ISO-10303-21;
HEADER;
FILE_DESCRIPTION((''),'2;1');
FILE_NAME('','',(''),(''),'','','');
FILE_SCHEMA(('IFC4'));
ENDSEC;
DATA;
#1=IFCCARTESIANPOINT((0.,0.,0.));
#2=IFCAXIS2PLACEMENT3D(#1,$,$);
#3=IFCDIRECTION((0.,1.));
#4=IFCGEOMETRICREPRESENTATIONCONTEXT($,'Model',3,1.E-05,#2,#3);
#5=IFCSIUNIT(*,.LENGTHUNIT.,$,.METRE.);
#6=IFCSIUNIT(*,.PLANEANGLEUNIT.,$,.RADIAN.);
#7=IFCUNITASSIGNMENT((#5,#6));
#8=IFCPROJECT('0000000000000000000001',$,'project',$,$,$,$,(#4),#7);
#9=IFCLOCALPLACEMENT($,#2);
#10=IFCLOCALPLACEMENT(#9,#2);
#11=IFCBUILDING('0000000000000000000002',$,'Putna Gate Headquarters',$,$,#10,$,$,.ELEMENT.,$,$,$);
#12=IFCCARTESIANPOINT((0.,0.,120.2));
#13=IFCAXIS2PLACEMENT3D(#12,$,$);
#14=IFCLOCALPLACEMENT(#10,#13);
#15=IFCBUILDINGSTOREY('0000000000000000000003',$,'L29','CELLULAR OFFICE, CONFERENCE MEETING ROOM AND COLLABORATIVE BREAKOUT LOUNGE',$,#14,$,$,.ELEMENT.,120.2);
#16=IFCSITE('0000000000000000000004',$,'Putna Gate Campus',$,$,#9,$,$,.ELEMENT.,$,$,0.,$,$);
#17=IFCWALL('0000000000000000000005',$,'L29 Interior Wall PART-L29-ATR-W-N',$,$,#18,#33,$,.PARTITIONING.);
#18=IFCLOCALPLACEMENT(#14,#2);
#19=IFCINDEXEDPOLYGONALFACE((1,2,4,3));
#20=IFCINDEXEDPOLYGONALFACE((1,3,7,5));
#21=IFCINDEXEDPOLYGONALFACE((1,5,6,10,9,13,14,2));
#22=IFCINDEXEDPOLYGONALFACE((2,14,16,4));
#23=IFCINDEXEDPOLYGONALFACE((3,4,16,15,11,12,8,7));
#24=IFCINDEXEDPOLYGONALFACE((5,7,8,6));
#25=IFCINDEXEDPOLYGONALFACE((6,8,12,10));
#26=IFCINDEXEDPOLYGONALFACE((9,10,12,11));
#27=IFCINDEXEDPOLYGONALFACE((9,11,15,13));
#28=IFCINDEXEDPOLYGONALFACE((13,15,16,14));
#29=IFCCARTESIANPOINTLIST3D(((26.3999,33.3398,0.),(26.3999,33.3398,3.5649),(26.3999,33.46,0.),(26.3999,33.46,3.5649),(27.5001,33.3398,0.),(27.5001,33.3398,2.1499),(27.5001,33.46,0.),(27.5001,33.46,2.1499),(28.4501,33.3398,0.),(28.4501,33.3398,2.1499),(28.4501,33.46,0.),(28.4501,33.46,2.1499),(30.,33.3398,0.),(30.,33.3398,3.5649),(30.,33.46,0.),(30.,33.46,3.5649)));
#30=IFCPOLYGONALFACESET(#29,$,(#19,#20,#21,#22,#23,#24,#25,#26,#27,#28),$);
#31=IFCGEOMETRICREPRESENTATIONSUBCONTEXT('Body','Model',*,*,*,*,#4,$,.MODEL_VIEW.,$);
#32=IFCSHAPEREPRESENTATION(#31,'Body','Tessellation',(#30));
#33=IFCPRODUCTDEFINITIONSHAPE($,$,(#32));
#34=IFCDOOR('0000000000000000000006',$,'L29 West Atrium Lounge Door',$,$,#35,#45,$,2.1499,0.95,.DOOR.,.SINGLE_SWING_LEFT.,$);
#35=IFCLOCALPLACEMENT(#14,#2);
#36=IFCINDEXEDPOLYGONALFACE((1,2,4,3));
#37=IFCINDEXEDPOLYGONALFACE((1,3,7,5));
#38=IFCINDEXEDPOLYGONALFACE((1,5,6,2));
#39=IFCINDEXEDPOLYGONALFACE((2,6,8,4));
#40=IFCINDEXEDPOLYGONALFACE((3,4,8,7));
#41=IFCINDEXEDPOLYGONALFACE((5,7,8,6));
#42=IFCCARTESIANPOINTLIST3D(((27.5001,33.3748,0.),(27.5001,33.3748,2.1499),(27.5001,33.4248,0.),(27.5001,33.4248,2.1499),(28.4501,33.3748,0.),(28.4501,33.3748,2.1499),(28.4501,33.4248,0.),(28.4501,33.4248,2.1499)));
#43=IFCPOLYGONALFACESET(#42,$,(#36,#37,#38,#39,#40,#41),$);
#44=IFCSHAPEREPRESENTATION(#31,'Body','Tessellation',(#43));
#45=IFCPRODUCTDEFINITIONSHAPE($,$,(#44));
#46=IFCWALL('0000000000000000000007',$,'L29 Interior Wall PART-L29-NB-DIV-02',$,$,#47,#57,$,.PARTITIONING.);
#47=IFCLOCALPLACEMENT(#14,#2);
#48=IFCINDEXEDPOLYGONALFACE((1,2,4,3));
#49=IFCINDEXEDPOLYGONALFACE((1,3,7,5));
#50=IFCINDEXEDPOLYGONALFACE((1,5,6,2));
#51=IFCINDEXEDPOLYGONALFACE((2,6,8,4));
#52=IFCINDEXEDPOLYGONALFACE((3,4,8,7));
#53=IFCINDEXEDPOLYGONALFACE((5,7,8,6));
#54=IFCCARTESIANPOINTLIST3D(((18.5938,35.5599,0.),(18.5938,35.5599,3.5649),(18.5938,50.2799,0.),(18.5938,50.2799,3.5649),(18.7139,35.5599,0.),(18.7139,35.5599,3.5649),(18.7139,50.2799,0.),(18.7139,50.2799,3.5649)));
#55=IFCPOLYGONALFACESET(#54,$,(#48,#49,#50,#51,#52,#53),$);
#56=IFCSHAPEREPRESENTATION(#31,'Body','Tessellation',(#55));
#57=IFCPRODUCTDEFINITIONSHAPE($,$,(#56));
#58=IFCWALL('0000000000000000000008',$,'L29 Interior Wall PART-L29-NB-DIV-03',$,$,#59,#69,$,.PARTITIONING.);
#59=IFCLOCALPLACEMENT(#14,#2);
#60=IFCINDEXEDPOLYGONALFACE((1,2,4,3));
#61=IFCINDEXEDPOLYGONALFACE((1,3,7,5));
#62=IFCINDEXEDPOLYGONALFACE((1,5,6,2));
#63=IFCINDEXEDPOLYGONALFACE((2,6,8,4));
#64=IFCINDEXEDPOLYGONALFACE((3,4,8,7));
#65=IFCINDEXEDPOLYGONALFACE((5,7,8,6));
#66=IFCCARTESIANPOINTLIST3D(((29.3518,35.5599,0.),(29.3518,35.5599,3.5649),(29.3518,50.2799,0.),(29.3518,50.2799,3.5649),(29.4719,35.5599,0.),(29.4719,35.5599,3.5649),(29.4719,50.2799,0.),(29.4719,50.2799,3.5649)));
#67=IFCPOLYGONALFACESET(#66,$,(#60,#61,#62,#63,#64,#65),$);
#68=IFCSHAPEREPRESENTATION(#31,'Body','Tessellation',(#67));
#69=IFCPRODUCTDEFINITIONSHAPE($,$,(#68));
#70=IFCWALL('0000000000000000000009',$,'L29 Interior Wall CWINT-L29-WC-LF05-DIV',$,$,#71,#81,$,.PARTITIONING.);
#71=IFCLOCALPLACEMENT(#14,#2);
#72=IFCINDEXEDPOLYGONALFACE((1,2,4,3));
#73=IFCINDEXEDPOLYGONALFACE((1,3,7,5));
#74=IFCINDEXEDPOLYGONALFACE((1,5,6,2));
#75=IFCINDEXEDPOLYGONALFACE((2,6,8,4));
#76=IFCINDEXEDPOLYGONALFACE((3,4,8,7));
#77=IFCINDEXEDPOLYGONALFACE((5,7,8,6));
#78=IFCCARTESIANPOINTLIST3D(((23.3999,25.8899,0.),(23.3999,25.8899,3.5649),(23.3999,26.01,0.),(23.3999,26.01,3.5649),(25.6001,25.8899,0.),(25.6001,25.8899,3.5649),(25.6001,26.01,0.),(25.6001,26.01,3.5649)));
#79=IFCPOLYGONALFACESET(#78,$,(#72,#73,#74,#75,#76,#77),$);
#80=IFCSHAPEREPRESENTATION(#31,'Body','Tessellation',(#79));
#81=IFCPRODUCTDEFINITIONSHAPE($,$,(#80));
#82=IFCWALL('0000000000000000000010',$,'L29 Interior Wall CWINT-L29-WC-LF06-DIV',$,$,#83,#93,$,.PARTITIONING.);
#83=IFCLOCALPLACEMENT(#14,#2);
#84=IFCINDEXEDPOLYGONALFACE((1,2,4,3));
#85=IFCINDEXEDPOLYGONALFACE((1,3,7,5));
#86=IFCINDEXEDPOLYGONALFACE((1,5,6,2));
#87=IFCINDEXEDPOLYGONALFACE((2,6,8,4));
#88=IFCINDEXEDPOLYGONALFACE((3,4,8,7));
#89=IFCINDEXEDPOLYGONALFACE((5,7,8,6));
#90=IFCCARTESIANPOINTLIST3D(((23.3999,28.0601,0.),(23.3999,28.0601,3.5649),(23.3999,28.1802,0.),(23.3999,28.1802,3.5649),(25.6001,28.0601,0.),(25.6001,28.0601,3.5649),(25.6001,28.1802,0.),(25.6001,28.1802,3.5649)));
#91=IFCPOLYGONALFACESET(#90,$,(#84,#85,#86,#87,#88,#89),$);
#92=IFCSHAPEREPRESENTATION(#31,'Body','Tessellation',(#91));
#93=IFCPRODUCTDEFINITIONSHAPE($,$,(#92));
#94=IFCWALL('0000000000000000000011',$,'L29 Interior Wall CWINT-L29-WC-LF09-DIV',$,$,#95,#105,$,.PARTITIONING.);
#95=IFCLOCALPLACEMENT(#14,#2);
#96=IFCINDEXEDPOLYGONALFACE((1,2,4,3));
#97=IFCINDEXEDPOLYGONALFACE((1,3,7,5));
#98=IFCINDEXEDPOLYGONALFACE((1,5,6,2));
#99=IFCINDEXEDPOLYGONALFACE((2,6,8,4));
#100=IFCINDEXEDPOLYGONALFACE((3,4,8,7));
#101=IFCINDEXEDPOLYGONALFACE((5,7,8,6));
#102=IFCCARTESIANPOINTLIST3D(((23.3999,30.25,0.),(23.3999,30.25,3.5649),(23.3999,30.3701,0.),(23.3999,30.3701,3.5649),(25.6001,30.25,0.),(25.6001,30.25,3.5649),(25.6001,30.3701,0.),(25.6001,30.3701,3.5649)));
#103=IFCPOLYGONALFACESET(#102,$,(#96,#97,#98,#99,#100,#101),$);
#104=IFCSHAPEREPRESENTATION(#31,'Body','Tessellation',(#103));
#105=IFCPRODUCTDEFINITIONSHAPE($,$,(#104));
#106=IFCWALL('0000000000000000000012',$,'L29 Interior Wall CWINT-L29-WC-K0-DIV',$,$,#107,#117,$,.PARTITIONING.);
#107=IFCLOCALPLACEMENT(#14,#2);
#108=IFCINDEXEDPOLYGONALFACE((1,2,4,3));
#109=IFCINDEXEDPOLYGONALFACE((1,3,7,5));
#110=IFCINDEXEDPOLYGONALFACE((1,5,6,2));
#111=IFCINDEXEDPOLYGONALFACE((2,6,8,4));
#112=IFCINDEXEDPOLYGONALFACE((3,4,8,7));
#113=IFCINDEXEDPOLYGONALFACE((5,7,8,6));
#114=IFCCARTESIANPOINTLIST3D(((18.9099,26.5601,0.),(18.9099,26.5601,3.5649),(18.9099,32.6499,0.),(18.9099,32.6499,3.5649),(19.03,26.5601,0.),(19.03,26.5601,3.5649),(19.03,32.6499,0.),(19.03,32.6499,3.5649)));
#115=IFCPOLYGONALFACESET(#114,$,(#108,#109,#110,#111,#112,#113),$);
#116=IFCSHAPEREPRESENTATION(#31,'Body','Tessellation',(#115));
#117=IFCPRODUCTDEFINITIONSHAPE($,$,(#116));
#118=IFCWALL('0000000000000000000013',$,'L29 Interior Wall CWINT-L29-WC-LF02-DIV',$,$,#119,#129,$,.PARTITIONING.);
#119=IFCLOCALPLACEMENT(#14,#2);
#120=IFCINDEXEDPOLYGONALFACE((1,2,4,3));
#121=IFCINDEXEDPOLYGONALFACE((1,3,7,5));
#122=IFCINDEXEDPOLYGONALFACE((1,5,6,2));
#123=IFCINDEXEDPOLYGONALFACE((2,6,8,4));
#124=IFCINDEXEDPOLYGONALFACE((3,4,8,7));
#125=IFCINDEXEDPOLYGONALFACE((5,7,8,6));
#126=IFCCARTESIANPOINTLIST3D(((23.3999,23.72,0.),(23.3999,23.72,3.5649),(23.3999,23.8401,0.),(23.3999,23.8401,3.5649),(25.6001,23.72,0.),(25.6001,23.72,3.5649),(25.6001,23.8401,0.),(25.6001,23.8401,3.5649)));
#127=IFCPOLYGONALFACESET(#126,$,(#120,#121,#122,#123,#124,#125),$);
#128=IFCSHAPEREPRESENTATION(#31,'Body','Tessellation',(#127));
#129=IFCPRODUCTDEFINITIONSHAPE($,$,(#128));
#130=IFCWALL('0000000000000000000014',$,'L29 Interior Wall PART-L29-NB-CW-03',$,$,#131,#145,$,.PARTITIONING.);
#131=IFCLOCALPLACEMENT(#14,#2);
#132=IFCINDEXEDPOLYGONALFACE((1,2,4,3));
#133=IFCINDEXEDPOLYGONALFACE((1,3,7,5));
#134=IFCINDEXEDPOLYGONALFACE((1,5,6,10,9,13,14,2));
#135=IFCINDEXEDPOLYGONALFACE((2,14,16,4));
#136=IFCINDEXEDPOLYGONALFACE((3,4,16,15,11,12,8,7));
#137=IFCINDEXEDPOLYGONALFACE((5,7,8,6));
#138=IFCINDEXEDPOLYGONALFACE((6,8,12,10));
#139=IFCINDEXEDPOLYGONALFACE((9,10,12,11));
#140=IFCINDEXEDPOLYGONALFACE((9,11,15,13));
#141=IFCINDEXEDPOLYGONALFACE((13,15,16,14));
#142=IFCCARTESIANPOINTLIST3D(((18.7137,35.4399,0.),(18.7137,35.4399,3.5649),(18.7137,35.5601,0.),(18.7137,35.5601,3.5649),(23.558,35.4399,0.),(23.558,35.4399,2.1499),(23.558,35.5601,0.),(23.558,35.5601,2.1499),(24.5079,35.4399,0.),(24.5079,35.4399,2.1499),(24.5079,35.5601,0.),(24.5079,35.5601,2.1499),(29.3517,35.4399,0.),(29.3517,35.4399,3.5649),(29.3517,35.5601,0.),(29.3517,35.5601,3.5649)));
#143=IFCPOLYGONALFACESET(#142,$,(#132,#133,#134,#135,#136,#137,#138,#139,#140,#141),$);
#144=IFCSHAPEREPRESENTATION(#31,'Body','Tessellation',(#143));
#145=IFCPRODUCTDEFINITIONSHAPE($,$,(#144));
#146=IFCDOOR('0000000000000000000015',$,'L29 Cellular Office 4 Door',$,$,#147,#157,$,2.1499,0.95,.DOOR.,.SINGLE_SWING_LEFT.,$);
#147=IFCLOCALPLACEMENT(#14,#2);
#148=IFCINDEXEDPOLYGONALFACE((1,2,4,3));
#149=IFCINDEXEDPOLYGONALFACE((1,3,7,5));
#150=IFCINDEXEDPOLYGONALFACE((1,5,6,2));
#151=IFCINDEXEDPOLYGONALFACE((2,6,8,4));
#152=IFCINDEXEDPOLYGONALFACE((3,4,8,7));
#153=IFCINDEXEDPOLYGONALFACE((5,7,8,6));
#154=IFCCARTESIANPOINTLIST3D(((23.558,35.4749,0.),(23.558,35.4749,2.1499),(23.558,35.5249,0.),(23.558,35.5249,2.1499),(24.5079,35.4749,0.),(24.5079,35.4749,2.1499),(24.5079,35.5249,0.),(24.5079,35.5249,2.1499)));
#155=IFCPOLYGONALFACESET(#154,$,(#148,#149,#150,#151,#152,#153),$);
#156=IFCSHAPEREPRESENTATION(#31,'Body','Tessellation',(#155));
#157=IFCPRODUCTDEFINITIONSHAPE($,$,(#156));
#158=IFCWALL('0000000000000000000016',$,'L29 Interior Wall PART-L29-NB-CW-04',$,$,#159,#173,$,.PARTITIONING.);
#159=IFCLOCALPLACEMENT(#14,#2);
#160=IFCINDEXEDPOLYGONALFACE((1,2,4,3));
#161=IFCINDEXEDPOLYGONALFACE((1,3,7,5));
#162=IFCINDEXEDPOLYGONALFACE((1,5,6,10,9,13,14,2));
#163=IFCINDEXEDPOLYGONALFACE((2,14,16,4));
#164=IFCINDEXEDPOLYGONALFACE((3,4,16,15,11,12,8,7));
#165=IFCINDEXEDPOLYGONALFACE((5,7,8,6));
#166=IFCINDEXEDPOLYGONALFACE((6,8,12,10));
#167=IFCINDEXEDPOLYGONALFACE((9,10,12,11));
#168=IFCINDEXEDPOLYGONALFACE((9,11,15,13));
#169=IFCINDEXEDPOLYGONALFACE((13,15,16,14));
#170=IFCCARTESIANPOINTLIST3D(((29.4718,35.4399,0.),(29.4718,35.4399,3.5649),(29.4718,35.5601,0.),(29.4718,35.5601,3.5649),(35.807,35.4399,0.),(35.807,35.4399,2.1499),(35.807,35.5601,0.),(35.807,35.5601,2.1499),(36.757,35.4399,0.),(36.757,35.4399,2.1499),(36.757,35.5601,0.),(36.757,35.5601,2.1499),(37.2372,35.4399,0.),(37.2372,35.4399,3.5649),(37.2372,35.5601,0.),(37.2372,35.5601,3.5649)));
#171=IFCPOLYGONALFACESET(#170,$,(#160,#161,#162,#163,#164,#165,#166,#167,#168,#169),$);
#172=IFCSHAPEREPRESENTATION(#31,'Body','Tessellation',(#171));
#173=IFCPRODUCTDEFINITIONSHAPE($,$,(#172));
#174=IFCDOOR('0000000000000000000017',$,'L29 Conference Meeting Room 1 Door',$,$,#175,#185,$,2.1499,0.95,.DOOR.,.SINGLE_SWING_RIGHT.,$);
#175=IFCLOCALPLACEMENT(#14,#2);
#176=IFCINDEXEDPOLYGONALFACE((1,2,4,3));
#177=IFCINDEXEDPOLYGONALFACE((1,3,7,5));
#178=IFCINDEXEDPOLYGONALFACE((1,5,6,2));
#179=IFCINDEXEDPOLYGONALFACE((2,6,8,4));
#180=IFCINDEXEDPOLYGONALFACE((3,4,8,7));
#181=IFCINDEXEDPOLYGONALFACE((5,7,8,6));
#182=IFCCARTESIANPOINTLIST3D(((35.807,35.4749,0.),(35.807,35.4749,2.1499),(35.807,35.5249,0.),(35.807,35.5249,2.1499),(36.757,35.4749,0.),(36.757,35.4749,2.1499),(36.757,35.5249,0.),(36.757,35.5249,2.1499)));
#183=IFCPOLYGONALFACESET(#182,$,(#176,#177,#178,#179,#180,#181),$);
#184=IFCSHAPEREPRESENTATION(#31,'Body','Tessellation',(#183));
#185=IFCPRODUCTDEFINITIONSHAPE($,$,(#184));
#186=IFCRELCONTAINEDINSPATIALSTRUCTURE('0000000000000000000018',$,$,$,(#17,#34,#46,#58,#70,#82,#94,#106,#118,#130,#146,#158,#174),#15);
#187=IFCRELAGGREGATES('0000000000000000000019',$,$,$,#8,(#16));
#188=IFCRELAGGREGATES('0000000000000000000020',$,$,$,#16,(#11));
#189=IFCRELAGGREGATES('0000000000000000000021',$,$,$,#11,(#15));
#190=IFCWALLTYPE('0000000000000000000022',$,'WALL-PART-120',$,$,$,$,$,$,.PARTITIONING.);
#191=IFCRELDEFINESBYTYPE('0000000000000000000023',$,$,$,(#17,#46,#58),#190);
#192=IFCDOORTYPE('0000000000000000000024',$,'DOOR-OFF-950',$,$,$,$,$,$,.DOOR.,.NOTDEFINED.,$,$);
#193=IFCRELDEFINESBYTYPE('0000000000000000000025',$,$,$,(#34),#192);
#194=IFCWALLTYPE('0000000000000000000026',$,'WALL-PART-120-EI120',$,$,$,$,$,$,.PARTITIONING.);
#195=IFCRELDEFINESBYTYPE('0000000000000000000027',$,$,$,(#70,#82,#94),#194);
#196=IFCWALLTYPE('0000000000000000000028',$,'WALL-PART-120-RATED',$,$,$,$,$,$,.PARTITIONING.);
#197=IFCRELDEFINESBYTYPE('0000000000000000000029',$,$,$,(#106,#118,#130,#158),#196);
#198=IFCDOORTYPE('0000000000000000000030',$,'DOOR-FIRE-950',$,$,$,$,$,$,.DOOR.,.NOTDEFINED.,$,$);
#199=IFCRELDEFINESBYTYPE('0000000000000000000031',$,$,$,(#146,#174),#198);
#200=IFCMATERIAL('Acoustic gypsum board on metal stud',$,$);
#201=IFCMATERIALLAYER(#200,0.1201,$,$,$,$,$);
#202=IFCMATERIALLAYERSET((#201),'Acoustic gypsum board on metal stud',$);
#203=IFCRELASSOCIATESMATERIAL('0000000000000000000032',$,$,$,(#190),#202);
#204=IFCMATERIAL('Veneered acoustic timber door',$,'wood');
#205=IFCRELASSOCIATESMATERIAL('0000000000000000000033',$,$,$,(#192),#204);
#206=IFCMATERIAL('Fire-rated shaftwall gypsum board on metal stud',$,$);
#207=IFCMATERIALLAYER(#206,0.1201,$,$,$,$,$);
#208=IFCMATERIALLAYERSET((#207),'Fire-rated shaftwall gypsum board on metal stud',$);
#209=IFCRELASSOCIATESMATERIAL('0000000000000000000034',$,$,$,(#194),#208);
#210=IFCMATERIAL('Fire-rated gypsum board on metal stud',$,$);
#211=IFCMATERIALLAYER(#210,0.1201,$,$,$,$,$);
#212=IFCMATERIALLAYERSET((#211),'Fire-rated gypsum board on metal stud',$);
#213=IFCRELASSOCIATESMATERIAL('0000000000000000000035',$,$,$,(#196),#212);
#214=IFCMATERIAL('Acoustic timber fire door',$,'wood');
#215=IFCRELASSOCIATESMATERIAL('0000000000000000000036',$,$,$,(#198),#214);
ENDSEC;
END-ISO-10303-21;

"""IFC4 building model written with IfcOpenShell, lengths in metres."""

from ifc_helpers import new_model, si_unit, direction, frame, frame_2d, origin, place, context, subcontext, project, spatial, rectangle, extrude, material, layer, layer_set, type_object, element, fill, save


model = new_model("IFC4")

# Units and contexts
model_context = context("Model", 3, precision=1e-05, world=origin(), true_north=direction((0.0, 1.0)))
body_context = subcontext(model_context, "Body", "Model", "MODEL_VIEW")
ifc_project = project(units=[si_unit("LENGTHUNIT", "METRE"), si_unit("PLANEANGLEUNIT", "RADIAN")], contexts=[model_context])

# Site, building, storey
site_placement = place(None, origin())
site = spatial("IfcSite", under=ifc_project, at=site_placement, Name="Putna Gate Campus", CompositionType="ELEMENT", RefElevation=0.0)
building_placement = place(site_placement, origin())
building = spatial("IfcBuilding", under=site, at=building_placement, Name="Putna Gate Headquarters", CompositionType="ELEMENT")
storey_placement = place(building_placement, frame((0.0, 0.0, 120.2)))
storey = spatial("IfcBuildingStorey", under=building, at=storey_placement, Name="L29", Description="CELLULAR OFFICE, CONFERENCE MEETING ROOM AND COLLABORATIVE BREAKOUT LOUNGE", CompositionType="ELEMENT", Elevation=120.2)

# Wall, opening, door
ifc_material_1 = material(Name="Acoustic gypsum board on metal stud")
ifc_layer_1 = layer(ifc_material_1, 0.1201)
ifc_layer_set_1 = layer_set([ifc_layer_1], Name="Acoustic gypsum board on metal stud")
wall_type_1 = type_object("IfcWallType", Name="WALL-PART-120", PredefinedType="PARTITIONING", material=ifc_layer_set_1)
wall_1_placement = place(storey_placement, frame((26.3999, 33.3999, 0.0), z_axis=(0.0, 0.0, 1.0), x_axis=(1.0, 0.0, 0.0)))
wall_1 = element("IfcWall", 1, at=wall_1_placement, inside=storey, type_object=wall_type_1, Name="L29 Interior Wall PART-L29-ATR-W-N", PredefinedType="PARTITIONING", context=body_context, shape_type="SweptSolid", body=[
    extrude(rectangle(XDim=3.6001, YDim=0.1201, at=frame_2d((1.8, 0.0))), origin(), (0.0, 0.0, 1.0), 3.5649),
])
opening_1_placement = place(wall_1_placement, frame((1.1001, 0.0, 0.0)))
opening_1 = element("IfcOpeningElement", 2, at=opening_1_placement, cuts=wall_1, PredefinedType="OPENING", context=body_context, shape_type="SweptSolid", body=[
    extrude(rectangle(XDim=0.95, YDim=2.1499, at=frame_2d((0.4751, 1.075))), frame((0.0, 0.0701, 0.0), z_axis=(0.0, -1.0, 0.0), x_axis=(1.0, 0.0, 0.0)), (0.0, 0.0, 1.0), 0.1401),
])
ifc_material_2 = material(Name="Veneered acoustic timber door", Category="wood")
door_type_1 = type_object("IfcDoorType", Name="DOOR-OFF-950", OperationType="NOTDEFINED", PredefinedType="DOOR", material=ifc_material_2)
door_1_placement = place(opening_1_placement, origin())
door_1 = element("IfcDoor", 3, at=door_1_placement, inside=storey, type_object=door_type_1, Name="L29 West Atrium Lounge Door", OperationType="SINGLE_SWING_LEFT", OverallHeight=2.1499, OverallWidth=0.95, PredefinedType="DOOR", context=body_context, shape_type="SweptSolid", body=[
    extrude(rectangle(XDim=0.95, YDim=2.1499, at=frame_2d((0.4751, 1.075))), frame((0.0, 0.0249, 0.0), z_axis=(0.0, -1.0, 0.0), x_axis=(1.0, 0.0, 0.0)), (0.0, 0.0, 1.0), 0.05),
])
fill(opening_1, door_1)

# Walls
for number, where, z_axis, x_axis, name in (
    (4, (18.6538, 35.5601, 0.0), (0.0, 0.0, 1.0), (0.0, 1.0, 0.0), "L29 Interior Wall PART-L29-NB-DIV-02"),
    (5, (29.4119, 35.5601, 0.0), (0.0, 0.0, 1.0), (0.0, 1.0, 0.0), "L29 Interior Wall PART-L29-NB-DIV-03"),
):
    element("IfcWall", number, at=place(storey_placement, frame(where, z_axis=z_axis, x_axis=x_axis)), inside=storey, type_object=wall_type_1, Name=name, PredefinedType="PARTITIONING", context=body_context, shape_type="SweptSolid", body=[
        extrude(rectangle(XDim=14.72, YDim=0.1201, at=frame_2d((7.3599, 0.0))), origin(), (0.0, 0.0, 1.0), 3.5649),
    ])
ifc_material_3 = material(Name="Fire-rated shaftwall gypsum board on metal stud")
ifc_layer_2 = layer(ifc_material_3, 0.1201)
ifc_layer_set_2 = layer_set([ifc_layer_2], Name="Fire-rated shaftwall gypsum board on metal stud")
wall_type_2 = type_object("IfcWallType", Name="WALL-PART-120-EI120", PredefinedType="PARTITIONING", material=ifc_layer_set_2)
for number, where, z_axis, x_axis, name in (
    (6, (23.3999, 25.95, 0.0), (0.0, 0.0, 1.0), (1.0, 0.0, 0.0), "L29 Interior Wall CWINT-L29-WC-LF05-DIV"),
    (7, (23.3999, 28.1201, 0.0), (0.0, 0.0, 1.0), (1.0, 0.0, 0.0), "L29 Interior Wall CWINT-L29-WC-LF06-DIV"),
    (8, (23.3999, 30.3101, 0.0), (0.0, 0.0, 1.0), (1.0, 0.0, 0.0), "L29 Interior Wall CWINT-L29-WC-LF09-DIV"),
):
    element("IfcWall", number, at=place(storey_placement, frame(where, z_axis=z_axis, x_axis=x_axis)), inside=storey, type_object=wall_type_2, Name=name, PredefinedType="PARTITIONING", context=body_context, shape_type="SweptSolid", body=[
        extrude(rectangle(XDim=2.2002, YDim=0.1201, at=frame_2d((1.1001, 0.0))), origin(), (0.0, 0.0, 1.0), 3.5649),
    ])
ifc_material_4 = material(Name="Fire-rated gypsum board on metal stud")
ifc_layer_3 = layer(ifc_material_4, 0.1201)
ifc_layer_set_3 = layer_set([ifc_layer_3], Name="Fire-rated gypsum board on metal stud")
wall_type_3 = type_object("IfcWallType", Name="WALL-PART-120-RATED", PredefinedType="PARTITIONING", material=ifc_layer_set_3)
wall_2_placement = place(storey_placement, frame((18.97, 26.5601, 0.0), z_axis=(0.0, 0.0, 1.0), x_axis=(0.0, 1.0, 0.0)))
element("IfcWall", 9, at=wall_2_placement, inside=storey, type_object=wall_type_3, Name="L29 Interior Wall CWINT-L29-WC-K0-DIV", PredefinedType="PARTITIONING", context=body_context, shape_type="SweptSolid", body=[
    extrude(rectangle(XDim=6.0898, YDim=0.1201, at=frame_2d((3.0449, 0.0))), origin(), (0.0, 0.0, 1.0), 3.5649),
])
wall_3_placement = place(storey_placement, frame((23.3999, 23.78, 0.0), z_axis=(0.0, 0.0, 1.0), x_axis=(1.0, 0.0, 0.0)))
element("IfcWall", 10, at=wall_3_placement, inside=storey, type_object=wall_type_3, Name="L29 Interior Wall CWINT-L29-WC-LF02-DIV", PredefinedType="PARTITIONING", context=body_context, shape_type="SweptSolid", body=[
    extrude(rectangle(XDim=2.2002, YDim=0.1201, at=frame_2d((1.1001, 0.0))), origin(), (0.0, 0.0, 1.0), 3.5649),
])

# Walls, openings, doors
wall_4_placement = place(storey_placement, frame((18.7139, 35.5, 0.0), z_axis=(0.0, 0.0, 1.0), x_axis=(1.0, 0.0, 0.0)))
wall_4 = element("IfcWall", 11, at=wall_4_placement, inside=storey, type_object=wall_type_3, Name="L29 Interior Wall PART-L29-NB-CW-03", PredefinedType="PARTITIONING", context=body_context, shape_type="SweptSolid", body=[
    extrude(rectangle(XDim=10.6379, YDim=0.1201, at=frame_2d((5.3188, 0.0))), origin(), (0.0, 0.0, 1.0), 3.5649),
])
opening_2_placement = place(wall_4_placement, frame((4.844, 0.0, 0.0)))
opening_2 = element("IfcOpeningElement", 12, at=opening_2_placement, cuts=wall_4, PredefinedType="OPENING", context=body_context, shape_type="SweptSolid", body=[
    extrude(rectangle(XDim=0.95, YDim=2.1499, at=frame_2d((0.4751, 1.075))), frame((0.0, 0.0701, 0.0), z_axis=(0.0, -1.0, 0.0), x_axis=(1.0, 0.0, 0.0)), (0.0, 0.0, 1.0), 0.1401),
])
ifc_material_5 = material(Name="Acoustic timber fire door", Category="wood")
door_type_2 = type_object("IfcDoorType", Name="DOOR-FIRE-950", OperationType="NOTDEFINED", PredefinedType="DOOR", material=ifc_material_5)
door_2_placement = place(opening_2_placement, origin())
door_2 = element("IfcDoor", 13, at=door_2_placement, inside=storey, type_object=door_type_2, Name="L29 Cellular Office 4 Door", OperationType="SINGLE_SWING_LEFT", OverallHeight=2.1499, OverallWidth=0.95, PredefinedType="DOOR", context=body_context, shape_type="SweptSolid", body=[
    extrude(rectangle(XDim=0.95, YDim=2.1499, at=frame_2d((0.4751, 1.075))), frame((0.0, 0.0249, 0.0), z_axis=(0.0, -1.0, 0.0), x_axis=(1.0, 0.0, 0.0)), (0.0, 0.0, 1.0), 0.05),
])
fill(opening_2, door_2)
wall_5_placement = place(storey_placement, frame((29.4717, 35.5, 0.0), z_axis=(0.0, 0.0, 1.0), x_axis=(1.0, 0.0, 0.0)))
wall_5 = element("IfcWall", 14, at=wall_5_placement, inside=storey, type_object=wall_type_3, Name="L29 Interior Wall PART-L29-NB-CW-04", PredefinedType="PARTITIONING", context=body_context, shape_type="SweptSolid", body=[
    extrude(rectangle(XDim=7.7654, YDim=0.1201, at=frame_2d((3.8828, 0.0))), origin(), (0.0, 0.0, 1.0), 3.5649),
])
opening_3_placement = place(wall_5_placement, frame((6.3352, 0.0, 0.0)))
opening_3 = element("IfcOpeningElement", 15, at=opening_3_placement, cuts=wall_5, PredefinedType="OPENING", context=body_context, shape_type="SweptSolid", body=[
    extrude(rectangle(XDim=0.95, YDim=2.1499, at=frame_2d((0.4751, 1.075))), frame((0.0, 0.0701, 0.0), z_axis=(0.0, -1.0, 0.0), x_axis=(1.0, 0.0, 0.0)), (0.0, 0.0, 1.0), 0.1401),
])
door_3_placement = place(opening_3_placement, origin())
door_3 = element("IfcDoor", 16, at=door_3_placement, inside=storey, type_object=door_type_2, Name="L29 Conference Meeting Room 1 Door", OperationType="SINGLE_SWING_RIGHT", OverallHeight=2.1499, OverallWidth=0.95, PredefinedType="DOOR", context=body_context, shape_type="SweptSolid", body=[
    extrude(rectangle(XDim=0.95, YDim=2.1499, at=frame_2d((0.4751, 1.075))), frame((0.0, 0.0249, 0.0), z_axis=(0.0, -1.0, 0.0), x_axis=(1.0, 0.0, 0.0)), (0.0, 0.0, 1.0), 0.05),
])
fill(opening_3, door_3)

save(model, "model.ifc")
